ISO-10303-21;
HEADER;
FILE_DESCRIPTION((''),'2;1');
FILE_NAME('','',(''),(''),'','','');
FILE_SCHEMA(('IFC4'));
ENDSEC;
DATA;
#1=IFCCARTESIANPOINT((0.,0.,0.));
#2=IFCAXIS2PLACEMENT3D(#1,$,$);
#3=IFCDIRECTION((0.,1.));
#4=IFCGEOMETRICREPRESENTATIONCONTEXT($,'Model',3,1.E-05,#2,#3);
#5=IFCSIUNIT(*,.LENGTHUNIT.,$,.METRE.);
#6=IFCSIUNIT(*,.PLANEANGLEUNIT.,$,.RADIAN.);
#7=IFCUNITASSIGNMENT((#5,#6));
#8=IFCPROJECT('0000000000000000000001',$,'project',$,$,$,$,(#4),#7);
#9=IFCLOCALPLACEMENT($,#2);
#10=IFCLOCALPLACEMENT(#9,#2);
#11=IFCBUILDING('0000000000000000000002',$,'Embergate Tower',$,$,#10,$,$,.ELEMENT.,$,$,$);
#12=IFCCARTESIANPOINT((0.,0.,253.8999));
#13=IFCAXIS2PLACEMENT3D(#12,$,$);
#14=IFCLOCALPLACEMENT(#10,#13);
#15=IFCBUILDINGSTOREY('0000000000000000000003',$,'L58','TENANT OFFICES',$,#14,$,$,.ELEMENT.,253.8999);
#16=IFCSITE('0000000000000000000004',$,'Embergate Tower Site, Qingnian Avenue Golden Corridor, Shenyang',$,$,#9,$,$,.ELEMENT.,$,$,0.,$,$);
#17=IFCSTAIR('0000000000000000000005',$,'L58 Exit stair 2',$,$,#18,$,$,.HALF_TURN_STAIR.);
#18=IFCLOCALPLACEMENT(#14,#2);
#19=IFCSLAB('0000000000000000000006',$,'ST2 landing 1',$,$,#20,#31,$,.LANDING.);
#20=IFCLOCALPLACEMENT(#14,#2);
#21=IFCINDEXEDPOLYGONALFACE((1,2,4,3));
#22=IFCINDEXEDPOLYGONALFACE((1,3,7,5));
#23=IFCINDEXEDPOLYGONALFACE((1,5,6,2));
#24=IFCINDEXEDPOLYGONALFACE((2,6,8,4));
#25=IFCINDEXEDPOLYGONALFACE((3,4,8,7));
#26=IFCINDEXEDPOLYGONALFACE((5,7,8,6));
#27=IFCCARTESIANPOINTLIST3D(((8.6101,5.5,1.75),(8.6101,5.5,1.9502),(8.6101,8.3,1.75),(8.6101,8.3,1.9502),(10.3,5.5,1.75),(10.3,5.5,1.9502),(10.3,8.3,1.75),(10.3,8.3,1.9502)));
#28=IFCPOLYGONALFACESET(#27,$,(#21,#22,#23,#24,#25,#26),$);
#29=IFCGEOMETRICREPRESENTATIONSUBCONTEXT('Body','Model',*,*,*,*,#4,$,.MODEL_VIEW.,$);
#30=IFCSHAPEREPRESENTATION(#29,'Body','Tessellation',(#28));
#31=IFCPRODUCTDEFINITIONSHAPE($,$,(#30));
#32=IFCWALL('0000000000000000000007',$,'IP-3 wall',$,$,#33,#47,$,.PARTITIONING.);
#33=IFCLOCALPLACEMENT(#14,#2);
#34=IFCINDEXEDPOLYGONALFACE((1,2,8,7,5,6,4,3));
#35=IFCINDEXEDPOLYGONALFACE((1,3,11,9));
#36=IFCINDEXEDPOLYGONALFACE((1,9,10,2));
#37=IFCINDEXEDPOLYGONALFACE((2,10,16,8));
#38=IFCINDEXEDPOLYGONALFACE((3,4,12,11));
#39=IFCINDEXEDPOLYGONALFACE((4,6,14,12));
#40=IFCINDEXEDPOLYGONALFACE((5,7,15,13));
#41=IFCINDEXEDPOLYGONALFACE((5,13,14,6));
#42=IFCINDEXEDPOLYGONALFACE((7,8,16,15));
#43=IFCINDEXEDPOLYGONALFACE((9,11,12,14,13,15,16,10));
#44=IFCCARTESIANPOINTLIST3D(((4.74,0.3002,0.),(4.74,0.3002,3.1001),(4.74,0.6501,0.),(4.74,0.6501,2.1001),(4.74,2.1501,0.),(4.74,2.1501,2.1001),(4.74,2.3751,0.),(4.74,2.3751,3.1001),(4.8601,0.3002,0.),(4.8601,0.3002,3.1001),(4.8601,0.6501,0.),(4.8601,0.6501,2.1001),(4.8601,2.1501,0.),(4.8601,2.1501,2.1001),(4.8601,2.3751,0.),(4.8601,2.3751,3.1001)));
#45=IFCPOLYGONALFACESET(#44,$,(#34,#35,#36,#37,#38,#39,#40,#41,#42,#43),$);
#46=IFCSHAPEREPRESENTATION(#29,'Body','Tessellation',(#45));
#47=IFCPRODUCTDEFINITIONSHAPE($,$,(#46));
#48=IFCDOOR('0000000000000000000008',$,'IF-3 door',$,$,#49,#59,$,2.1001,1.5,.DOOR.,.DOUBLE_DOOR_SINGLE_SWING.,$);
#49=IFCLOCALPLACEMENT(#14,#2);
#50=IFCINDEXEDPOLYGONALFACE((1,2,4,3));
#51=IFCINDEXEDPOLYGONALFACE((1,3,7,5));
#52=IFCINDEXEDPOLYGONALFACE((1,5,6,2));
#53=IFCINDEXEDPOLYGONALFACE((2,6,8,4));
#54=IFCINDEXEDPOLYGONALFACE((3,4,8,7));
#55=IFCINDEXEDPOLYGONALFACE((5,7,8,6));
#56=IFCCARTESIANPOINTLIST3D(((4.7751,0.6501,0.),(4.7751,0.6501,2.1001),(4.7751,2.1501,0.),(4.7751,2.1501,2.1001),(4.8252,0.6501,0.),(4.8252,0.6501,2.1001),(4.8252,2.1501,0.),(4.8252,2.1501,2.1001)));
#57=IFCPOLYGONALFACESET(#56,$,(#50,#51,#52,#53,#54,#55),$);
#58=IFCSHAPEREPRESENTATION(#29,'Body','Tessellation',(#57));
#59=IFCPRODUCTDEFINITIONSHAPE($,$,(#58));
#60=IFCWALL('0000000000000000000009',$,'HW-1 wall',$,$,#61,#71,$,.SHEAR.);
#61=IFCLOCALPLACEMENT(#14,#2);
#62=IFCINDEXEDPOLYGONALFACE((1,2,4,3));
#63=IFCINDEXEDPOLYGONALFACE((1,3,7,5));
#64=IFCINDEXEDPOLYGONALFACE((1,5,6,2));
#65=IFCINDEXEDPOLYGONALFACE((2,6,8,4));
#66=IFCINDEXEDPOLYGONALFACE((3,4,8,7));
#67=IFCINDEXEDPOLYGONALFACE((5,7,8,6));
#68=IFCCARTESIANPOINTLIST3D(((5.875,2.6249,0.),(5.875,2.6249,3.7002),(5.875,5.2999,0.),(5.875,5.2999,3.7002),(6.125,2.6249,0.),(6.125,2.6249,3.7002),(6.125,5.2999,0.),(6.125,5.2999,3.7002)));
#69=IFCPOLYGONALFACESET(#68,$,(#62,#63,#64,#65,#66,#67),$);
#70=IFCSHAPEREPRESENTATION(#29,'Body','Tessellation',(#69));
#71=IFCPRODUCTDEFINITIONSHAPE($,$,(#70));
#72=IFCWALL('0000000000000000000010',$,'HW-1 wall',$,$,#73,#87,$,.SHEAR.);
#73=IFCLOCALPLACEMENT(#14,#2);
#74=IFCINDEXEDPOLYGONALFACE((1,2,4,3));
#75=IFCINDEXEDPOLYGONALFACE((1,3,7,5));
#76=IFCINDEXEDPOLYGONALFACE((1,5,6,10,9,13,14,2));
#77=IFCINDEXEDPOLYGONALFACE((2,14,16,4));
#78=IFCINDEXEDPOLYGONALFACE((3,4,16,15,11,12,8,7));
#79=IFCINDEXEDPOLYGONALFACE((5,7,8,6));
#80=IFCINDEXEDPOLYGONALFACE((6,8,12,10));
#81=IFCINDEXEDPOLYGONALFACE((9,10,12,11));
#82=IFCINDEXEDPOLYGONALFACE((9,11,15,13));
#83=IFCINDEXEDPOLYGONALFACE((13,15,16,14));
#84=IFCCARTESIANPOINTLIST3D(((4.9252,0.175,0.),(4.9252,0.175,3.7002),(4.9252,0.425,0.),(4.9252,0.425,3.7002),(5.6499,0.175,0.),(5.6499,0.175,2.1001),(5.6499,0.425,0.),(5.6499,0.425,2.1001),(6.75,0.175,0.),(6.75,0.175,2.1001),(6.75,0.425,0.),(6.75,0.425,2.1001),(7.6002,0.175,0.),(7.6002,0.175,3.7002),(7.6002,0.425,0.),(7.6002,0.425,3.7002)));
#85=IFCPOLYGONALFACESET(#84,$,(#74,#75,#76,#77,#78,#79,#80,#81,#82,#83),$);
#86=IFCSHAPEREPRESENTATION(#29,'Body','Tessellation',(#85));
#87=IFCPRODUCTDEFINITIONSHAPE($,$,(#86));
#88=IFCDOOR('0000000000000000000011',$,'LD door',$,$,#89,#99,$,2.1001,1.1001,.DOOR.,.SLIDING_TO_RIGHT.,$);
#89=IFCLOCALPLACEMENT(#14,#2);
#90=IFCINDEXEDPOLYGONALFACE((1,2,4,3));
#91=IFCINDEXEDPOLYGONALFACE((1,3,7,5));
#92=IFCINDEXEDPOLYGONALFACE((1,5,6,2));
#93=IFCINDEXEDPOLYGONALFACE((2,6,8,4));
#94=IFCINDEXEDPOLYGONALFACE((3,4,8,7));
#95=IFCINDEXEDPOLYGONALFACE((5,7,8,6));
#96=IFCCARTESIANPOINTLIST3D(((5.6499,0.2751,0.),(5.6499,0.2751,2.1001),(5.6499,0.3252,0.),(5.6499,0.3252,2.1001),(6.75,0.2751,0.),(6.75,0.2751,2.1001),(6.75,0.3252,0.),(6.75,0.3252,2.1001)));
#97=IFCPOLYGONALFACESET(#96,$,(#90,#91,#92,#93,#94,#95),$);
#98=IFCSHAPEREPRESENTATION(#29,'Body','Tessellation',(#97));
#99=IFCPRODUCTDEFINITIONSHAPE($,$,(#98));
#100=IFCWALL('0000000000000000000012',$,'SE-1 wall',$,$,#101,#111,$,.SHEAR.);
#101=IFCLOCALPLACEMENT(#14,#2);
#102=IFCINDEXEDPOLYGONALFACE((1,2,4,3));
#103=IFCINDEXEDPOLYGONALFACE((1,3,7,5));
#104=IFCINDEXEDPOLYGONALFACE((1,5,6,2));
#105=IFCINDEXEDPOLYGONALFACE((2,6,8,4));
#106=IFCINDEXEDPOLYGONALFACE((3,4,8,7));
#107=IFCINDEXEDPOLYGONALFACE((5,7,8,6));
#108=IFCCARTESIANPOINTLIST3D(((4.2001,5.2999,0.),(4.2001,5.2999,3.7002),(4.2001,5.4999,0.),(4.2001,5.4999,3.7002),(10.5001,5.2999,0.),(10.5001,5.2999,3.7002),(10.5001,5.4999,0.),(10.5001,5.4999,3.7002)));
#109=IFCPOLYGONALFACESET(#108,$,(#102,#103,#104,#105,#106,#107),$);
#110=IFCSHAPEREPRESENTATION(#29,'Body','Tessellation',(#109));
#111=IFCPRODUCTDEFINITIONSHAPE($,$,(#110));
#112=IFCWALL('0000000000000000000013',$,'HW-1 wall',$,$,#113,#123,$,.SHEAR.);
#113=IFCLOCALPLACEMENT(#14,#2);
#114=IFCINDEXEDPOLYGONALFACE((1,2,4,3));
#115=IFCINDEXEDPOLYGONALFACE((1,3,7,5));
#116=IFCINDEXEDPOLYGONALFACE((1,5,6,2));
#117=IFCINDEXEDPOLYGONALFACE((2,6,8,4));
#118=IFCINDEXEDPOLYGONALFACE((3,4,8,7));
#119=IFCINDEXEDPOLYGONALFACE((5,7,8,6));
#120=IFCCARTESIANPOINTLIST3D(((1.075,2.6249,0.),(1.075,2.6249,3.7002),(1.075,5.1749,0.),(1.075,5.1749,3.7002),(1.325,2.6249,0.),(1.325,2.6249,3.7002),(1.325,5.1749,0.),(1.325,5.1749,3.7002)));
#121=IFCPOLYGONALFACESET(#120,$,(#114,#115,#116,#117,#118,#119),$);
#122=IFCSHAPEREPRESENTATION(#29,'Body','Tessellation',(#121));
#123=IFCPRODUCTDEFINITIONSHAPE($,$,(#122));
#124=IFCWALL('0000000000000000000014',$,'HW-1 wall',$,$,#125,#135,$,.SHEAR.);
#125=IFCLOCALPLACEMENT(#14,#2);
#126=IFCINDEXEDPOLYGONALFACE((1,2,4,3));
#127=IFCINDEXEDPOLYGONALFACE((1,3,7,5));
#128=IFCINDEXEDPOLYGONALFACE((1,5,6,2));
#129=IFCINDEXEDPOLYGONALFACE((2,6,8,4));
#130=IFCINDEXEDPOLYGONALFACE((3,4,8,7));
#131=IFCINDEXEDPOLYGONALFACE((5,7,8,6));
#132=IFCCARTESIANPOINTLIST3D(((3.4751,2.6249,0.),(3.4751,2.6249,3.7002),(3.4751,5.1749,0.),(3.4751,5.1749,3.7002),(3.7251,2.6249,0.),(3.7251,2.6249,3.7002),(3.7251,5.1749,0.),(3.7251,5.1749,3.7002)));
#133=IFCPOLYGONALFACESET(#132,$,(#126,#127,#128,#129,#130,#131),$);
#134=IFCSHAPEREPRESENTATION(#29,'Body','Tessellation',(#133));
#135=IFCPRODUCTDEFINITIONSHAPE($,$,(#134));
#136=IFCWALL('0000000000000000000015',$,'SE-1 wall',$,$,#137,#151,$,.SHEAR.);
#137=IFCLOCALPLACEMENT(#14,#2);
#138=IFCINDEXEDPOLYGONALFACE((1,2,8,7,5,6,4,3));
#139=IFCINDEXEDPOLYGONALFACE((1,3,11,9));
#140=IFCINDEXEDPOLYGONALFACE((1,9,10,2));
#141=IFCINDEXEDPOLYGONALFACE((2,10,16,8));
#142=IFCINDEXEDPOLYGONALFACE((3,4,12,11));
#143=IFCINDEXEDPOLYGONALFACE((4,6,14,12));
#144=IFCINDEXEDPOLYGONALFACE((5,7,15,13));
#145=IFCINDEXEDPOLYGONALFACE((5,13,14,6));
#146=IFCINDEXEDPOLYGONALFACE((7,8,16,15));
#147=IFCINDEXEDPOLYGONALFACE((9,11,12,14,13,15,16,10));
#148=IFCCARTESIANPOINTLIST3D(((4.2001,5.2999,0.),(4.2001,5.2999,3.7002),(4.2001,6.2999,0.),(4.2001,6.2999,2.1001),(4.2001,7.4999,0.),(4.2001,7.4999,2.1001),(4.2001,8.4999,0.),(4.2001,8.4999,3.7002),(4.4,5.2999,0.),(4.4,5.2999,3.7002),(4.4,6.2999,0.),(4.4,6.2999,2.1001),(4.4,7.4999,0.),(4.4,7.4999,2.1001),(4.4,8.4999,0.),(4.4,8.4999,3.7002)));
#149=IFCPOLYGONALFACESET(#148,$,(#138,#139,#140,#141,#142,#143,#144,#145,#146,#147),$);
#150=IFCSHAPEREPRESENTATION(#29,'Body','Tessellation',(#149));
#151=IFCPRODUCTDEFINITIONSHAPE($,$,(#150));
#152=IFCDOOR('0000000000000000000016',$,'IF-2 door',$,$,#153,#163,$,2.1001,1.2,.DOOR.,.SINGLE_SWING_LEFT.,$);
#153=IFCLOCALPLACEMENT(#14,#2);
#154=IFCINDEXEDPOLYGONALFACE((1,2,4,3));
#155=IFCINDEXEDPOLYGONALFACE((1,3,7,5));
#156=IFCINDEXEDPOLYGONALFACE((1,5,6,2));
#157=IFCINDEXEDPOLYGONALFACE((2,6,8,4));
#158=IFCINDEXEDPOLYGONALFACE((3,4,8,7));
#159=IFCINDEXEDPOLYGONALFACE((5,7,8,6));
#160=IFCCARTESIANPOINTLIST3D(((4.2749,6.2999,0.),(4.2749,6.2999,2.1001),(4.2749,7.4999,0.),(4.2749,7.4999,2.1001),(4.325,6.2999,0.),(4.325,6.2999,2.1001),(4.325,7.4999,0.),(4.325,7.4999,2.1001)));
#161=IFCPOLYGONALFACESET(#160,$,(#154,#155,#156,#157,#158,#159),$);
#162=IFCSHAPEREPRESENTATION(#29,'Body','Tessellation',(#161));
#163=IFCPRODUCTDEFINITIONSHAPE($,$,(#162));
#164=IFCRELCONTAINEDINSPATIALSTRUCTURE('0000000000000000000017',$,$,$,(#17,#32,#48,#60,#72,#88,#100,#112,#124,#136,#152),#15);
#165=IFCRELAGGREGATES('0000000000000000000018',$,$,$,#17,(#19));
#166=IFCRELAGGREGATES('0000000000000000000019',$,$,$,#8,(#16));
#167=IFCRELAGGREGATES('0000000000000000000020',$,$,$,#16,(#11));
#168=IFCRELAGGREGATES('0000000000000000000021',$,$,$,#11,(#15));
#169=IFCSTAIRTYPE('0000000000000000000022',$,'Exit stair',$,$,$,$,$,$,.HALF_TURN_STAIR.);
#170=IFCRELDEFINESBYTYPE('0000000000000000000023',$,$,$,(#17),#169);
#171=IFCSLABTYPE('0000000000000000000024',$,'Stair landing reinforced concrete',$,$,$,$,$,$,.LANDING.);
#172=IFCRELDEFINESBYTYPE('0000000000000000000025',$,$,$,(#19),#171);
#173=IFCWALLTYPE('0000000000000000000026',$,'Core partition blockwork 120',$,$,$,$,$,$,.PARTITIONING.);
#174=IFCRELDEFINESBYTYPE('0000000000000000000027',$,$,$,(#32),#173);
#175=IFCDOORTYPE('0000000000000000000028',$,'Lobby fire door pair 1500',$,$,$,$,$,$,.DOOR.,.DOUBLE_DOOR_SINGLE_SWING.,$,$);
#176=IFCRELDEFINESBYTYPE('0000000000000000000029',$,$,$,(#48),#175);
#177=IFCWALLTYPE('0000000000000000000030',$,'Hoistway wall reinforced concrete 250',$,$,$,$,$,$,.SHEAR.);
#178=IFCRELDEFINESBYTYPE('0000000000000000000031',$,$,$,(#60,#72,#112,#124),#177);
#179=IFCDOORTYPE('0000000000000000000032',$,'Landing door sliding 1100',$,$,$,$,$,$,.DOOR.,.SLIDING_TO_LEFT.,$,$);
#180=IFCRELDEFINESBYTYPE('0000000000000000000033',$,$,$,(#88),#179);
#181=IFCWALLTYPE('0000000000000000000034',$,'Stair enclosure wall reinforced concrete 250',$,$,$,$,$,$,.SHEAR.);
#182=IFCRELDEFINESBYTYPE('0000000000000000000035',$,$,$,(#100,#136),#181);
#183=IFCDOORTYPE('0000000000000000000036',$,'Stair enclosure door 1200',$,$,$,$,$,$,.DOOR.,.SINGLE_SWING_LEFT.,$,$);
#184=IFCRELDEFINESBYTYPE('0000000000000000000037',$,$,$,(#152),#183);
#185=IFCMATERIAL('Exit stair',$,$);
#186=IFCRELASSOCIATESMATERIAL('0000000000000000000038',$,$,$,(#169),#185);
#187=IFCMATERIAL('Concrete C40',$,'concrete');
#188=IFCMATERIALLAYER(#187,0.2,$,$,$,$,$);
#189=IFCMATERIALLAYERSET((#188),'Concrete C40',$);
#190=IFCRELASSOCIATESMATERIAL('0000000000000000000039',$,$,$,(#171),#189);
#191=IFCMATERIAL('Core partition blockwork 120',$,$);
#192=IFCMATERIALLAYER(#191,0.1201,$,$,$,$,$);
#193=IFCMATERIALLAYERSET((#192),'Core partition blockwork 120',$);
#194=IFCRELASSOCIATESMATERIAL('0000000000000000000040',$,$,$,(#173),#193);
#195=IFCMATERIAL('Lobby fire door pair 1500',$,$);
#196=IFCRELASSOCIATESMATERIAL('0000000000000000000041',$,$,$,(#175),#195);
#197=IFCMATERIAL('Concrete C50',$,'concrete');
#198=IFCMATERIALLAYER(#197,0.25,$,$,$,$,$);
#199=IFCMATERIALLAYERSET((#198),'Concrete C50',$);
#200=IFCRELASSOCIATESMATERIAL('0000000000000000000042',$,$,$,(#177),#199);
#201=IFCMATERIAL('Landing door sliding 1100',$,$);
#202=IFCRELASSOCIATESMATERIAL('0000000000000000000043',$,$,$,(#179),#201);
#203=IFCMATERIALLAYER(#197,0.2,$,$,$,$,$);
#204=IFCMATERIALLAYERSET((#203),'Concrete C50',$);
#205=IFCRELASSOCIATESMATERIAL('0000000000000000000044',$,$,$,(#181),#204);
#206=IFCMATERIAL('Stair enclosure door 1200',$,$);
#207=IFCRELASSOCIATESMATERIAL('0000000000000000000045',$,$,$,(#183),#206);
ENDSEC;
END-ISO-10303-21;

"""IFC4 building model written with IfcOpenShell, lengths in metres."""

from ifc_helpers import new_model, si_unit, direction, frame, frame_2d, origin, place, context, subcontext, project, spatial, polyline, rectangle, outline, extrude, source, transform, mapped, material, layer, layer_set, type_object, element, fill, aggregate, save


model = new_model("IFC4")

# Units and contexts
model_context = context("Model", 3, precision=1e-05, world=origin(), true_north=direction((0.0, 1.0)))
body_context = subcontext(model_context, "Body", "Model", "MODEL_VIEW")
ifc_project = project(units=[si_unit("LENGTHUNIT", "METRE"), si_unit("PLANEANGLEUNIT", "RADIAN")], contexts=[model_context])

# Site, building, storey
site_placement = place(None, origin())
site = spatial("IfcSite", under=ifc_project, at=site_placement, Name="Embergate Tower Site, Qingnian Avenue Golden Corridor, Shenyang", CompositionType="ELEMENT", RefElevation=0.0)
building_placement = place(site_placement, origin())
building = spatial("IfcBuilding", under=site, at=building_placement, Name="Embergate Tower", CompositionType="ELEMENT")
storey_placement = place(building_placement, frame((0.0, 0.0, 253.8999)))
storey = spatial("IfcBuildingStorey", under=building, at=storey_placement, Name="L58", Description="TENANT OFFICES", CompositionType="ELEMENT", Elevation=253.8999)

# Stair, slab
ifc_material_1 = material(Name="Exit stair")
stair_type = type_object("IfcStairType", Name="Exit stair", PredefinedType="HALF_TURN_STAIR", material=ifc_material_1)
stair_placement = place(storey_placement, origin())
stair = element("IfcStair", 1, at=stair_placement, inside=storey, type_object=stair_type, Name="L58 Exit stair 2", PredefinedType="HALF_TURN_STAIR")
ifc_material_2 = material(Name="Concrete C40", Category="concrete")
ifc_layer_1 = layer(ifc_material_2, 0.2)
ifc_layer_set_1 = layer_set([ifc_layer_1], Name="Concrete C40")
slab_type = type_object("IfcSlabType", Name="Stair landing reinforced concrete", PredefinedType="LANDING", material=ifc_layer_set_1)
shared_shape_1 = source(origin(), body_context, "Body", "SweptSolid", [
    extrude(outline(polyline([(0.0, 0.0), (1.6899, 0.0), (1.6899, 2.8), (0.0, 2.8), (0.0, 0.0)])), origin(), (0.0, 0.0, 1.0), 0.2002),
])
slab_placement = place(storey_placement, frame((8.6101, 5.5, 1.75)))
slab = element("IfcSlab", 2, at=slab_placement, type_object=slab_type, Name="ST2 landing 1", PredefinedType="LANDING", context=body_context, shape_type="MappedRepresentation", body=[
    mapped(shared_shape_1, transform((0.0, 0.0, 0.0))),
])

# Wall, opening, door
ifc_material_3 = material(Name="Core partition blockwork 120")
ifc_layer_2 = layer(ifc_material_3, 0.1201)
ifc_layer_set_2 = layer_set([ifc_layer_2], Name="Core partition blockwork 120")
wall_type_1 = type_object("IfcWallType", Name="Core partition blockwork 120", PredefinedType="PARTITIONING", material=ifc_layer_set_2)
shared_shape_2 = source(origin(), body_context, "Body", "SweptSolid", [
    extrude(rectangle(XDim=2.075, YDim=0.1201, at=frame_2d((1.0376, 0.0))), origin(), (0.0, 0.0, 1.0), 3.1001),
])
wall_1_placement = place(storey_placement, frame((4.8, 0.3, 0.0), z_axis=(0.0, 0.0, 1.0), x_axis=(0.0, 1.0, 0.0)))
wall_1 = element("IfcWall", 3, at=wall_1_placement, inside=storey, type_object=wall_type_1, Name="IP-3 wall", PredefinedType="PARTITIONING", context=body_context, shape_type="MappedRepresentation", body=[
    mapped(shared_shape_2, transform((0.0, 0.0, 0.0))),
])
shared_shape_3 = source(origin(), body_context, "Body", "SweptSolid", [
    extrude(rectangle(XDim=1.5, YDim=2.1001, at=frame_2d((0.75, 1.05))), frame((0.0, 0.0701, 0.0), z_axis=(0.0, -1.0, 0.0), x_axis=(1.0, 0.0, 0.0)), (0.0, 0.0, 1.0), 0.1401),
])
opening_1_placement = place(wall_1_placement, frame((0.3501, 0.0, 0.0)))
opening_1 = element("IfcOpeningElement", 4, at=opening_1_placement, cuts=wall_1, PredefinedType="OPENING", context=body_context, shape_type="MappedRepresentation", body=[
    mapped(shared_shape_3, transform((0.0, 0.0, 0.0))),
])
ifc_material_4 = material(Name="Lobby fire door pair 1500")
door_type_1 = type_object("IfcDoorType", Name="Lobby fire door pair 1500", OperationType="DOUBLE_DOOR_SINGLE_SWING", PredefinedType="DOOR", material=ifc_material_4)
shared_shape_4 = source(origin(), body_context, "Body", "SweptSolid", [
    extrude(rectangle(XDim=1.5, YDim=2.1001, at=frame_2d((0.75, 1.05))), frame((0.0, 0.0249, 0.0), z_axis=(0.0, -1.0, 0.0), x_axis=(1.0, 0.0, 0.0)), (0.0, 0.0, 1.0), 0.05),
])
door_1_placement = place(opening_1_placement, origin())
door_1 = element("IfcDoor", 5, at=door_1_placement, inside=storey, type_object=door_type_1, Name="IF-3 door", OperationType="DOUBLE_DOOR_SINGLE_SWING", OverallHeight=2.1001, OverallWidth=1.5, PredefinedType="DOOR", context=body_context, shape_type="MappedRepresentation", body=[
    mapped(shared_shape_4, transform((0.0, 0.0, 0.0))),
])
fill(opening_1, door_1)

# Wall
ifc_material_5 = material(Name="Concrete C50", Category="concrete")
ifc_layer_3 = layer(ifc_material_5, 0.25)
ifc_layer_set_3 = layer_set([ifc_layer_3], Name="Concrete C50")
wall_type_2 = type_object("IfcWallType", Name="Hoistway wall reinforced concrete 250", PredefinedType="SHEAR", material=ifc_layer_set_3)
shared_shape_5 = source(origin(), body_context, "Body", "SweptSolid", [
    extrude(rectangle(XDim=2.675, YDim=0.25, at=frame_2d((1.3374, 0.0))), origin(), (0.0, 0.0, 1.0), 3.7002),
])
wall_2_placement = place(storey_placement, frame((6.0, 2.625, 0.0), z_axis=(0.0, 0.0, 1.0), x_axis=(0.0, 1.0, 0.0)))
element("IfcWall", 6, at=wall_2_placement, inside=storey, type_object=wall_type_2, Name="HW-1 wall", PredefinedType="SHEAR", context=body_context, shape_type="MappedRepresentation", body=[
    mapped(shared_shape_5, transform((0.0, 0.0, 0.0))),
])

# Wall, opening, door
wall_3_placement = place(storey_placement, frame((7.6001, 0.3, 0.0), z_axis=(0.0, 0.0, 1.0), x_axis=(-1.0, 0.0, 0.0)))
wall_3 = element("IfcWall", 7, at=wall_3_placement, inside=storey, type_object=wall_type_2, Name="HW-1 wall", PredefinedType="SHEAR", context=body_context, shape_type="MappedRepresentation", body=[
    mapped(shared_shape_5, transform((0.0, 0.0, 0.0))),
])
shared_shape_6 = source(origin(), body_context, "Body", "SweptSolid", [
    extrude(rectangle(XDim=1.1001, YDim=2.1001, at=frame_2d((0.55, 1.05))), frame((0.0, 0.135, 0.0), z_axis=(0.0, -1.0, 0.0), x_axis=(1.0, 0.0, 0.0)), (0.0, 0.0, 1.0), 0.27),
])
opening_2_placement = place(wall_3_placement, frame((0.8501, 0.0, 0.0)))
opening_2 = element("IfcOpeningElement", 8, at=opening_2_placement, cuts=wall_3, PredefinedType="OPENING", context=body_context, shape_type="MappedRepresentation", body=[
    mapped(shared_shape_6, transform((0.0, 0.0, 0.0))),
])
ifc_material_6 = material(Name="Landing door sliding 1100")
door_type_2 = type_object("IfcDoorType", Name="Landing door sliding 1100", OperationType="SLIDING_TO_LEFT", PredefinedType="DOOR", material=ifc_material_6)
shared_shape_7 = source(origin(), body_context, "Body", "SweptSolid", [
    extrude(rectangle(XDim=1.1001, YDim=2.1001, at=frame_2d((0.55, 1.05))), frame((0.0, 0.0249, 0.0), z_axis=(0.0, -1.0, 0.0), x_axis=(1.0, 0.0, 0.0)), (0.0, 0.0, 1.0), 0.05),
])
door_2_placement = place(opening_2_placement, origin())
door_2 = element("IfcDoor", 9, at=door_2_placement, inside=storey, type_object=door_type_2, Name="LD door", OperationType="SLIDING_TO_RIGHT", OverallHeight=2.1001, OverallWidth=1.1001, PredefinedType="DOOR", context=body_context, shape_type="MappedRepresentation", body=[
    mapped(shared_shape_7, transform((0.0, 0.0, 0.0))),
])
fill(opening_2, door_2)

# Walls
ifc_layer_4 = layer(ifc_material_5, 0.2)
ifc_layer_set_4 = layer_set([ifc_layer_4], Name="Concrete C50")
wall_type_3 = type_object("IfcWallType", Name="Stair enclosure wall reinforced concrete 250", PredefinedType="SHEAR", material=ifc_layer_set_4)
shared_shape_8 = source(origin(), body_context, "Body", "SweptSolid", [
    extrude(rectangle(XDim=6.3, YDim=0.2, at=frame_2d((3.1499, 0.0))), origin(), (0.0, 0.0, 1.0), 3.7002),
])
wall_4_placement = place(storey_placement, frame((10.5, 5.3999, 0.0), z_axis=(0.0, 0.0, 1.0), x_axis=(-1.0, 0.0, 0.0)))
element("IfcWall", 10, at=wall_4_placement, inside=storey, type_object=wall_type_3, Name="SE-1 wall", PredefinedType="SHEAR", context=body_context, shape_type="MappedRepresentation", body=[
    mapped(shared_shape_8, transform((0.0, 0.0, 0.0))),
])
shared_shape_9 = source(origin(), body_context, "Body", "SweptSolid", [
    extrude(rectangle(XDim=2.55, YDim=0.25, at=frame_2d((1.2749, 0.0))), origin(), (0.0, 0.0, 1.0), 3.7002),
])
for number, where, z_axis, x_axis, name in (
    (11, (1.2, 2.625, 0.0), (0.0, 0.0, 1.0), (0.0, 1.0, 0.0), "HW-1 wall"),
    (12, (3.6001, 2.625, 0.0), (0.0, 0.0, 1.0), (0.0, 1.0, 0.0), "HW-1 wall"),
):
    element("IfcWall", number, at=place(storey_placement, frame(where, z_axis=z_axis, x_axis=x_axis)), inside=storey, type_object=wall_type_2, Name=name, PredefinedType="SHEAR", context=body_context, shape_type="MappedRepresentation", body=[
        mapped(shared_shape_9, transform((0.0, 0.0, 0.0))),
    ])

# Wall, opening, door
shared_shape_10 = source(origin(), body_context, "Body", "SweptSolid", [
    extrude(rectangle(XDim=3.2, YDim=0.2, at=frame_2d((1.6001, 0.0))), origin(), (0.0, 0.0, 1.0), 3.7002),
])
wall_5_placement = place(storey_placement, frame((4.3, 8.5, 0.0), z_axis=(0.0, 0.0, 1.0), x_axis=(0.0, -1.0, 0.0)))
wall_5 = element("IfcWall", 13, at=wall_5_placement, inside=storey, type_object=wall_type_3, Name="SE-1 wall", PredefinedType="SHEAR", context=body_context, shape_type="MappedRepresentation", body=[
    mapped(shared_shape_10, transform((0.0, 0.0, 0.0))),
])
shared_shape_11 = source(origin(), body_context, "Body", "SweptSolid", [
    extrude(rectangle(XDim=1.2, YDim=2.1001, at=frame_2d((0.6001, 1.05))), frame((0.0, 0.1099, 0.0), z_axis=(0.0, -1.0, 0.0), x_axis=(1.0, 0.0, 0.0)), (0.0, 0.0, 1.0), 0.22),
])
opening_3_placement = place(wall_5_placement, frame((1.0, 0.0, 0.0)))
opening_3 = element("IfcOpeningElement", 14, at=opening_3_placement, cuts=wall_5, PredefinedType="OPENING", context=body_context, shape_type="MappedRepresentation", body=[
    mapped(shared_shape_11, transform((0.0, 0.0, 0.0))),
])
ifc_material_7 = material(Name="Stair enclosure door 1200")
door_type_3 = type_object("IfcDoorType", Name="Stair enclosure door 1200", OperationType="SINGLE_SWING_LEFT", PredefinedType="DOOR", material=ifc_material_7)
shared_shape_12 = source(origin(), body_context, "Body", "SweptSolid", [
    extrude(rectangle(XDim=1.2, YDim=2.1001, at=frame_2d((0.6001, 1.05))), frame((0.0, 0.0249, 0.0), z_axis=(0.0, -1.0, 0.0), x_axis=(1.0, 0.0, 0.0)), (0.0, 0.0, 1.0), 0.05),
])
door_3_placement = place(opening_3_placement, origin())
door_3 = element("IfcDoor", 15, at=door_3_placement, inside=storey, type_object=door_type_3, Name="IF-2 door", OperationType="SINGLE_SWING_LEFT", OverallHeight=2.1001, OverallWidth=1.2, PredefinedType="DOOR", context=body_context, shape_type="MappedRepresentation", body=[
    mapped(shared_shape_12, transform((0.0, 0.0, 0.0))),
])
fill(opening_3, door_3)

aggregate(stair, [slab])

save(model, "model.ifc")
